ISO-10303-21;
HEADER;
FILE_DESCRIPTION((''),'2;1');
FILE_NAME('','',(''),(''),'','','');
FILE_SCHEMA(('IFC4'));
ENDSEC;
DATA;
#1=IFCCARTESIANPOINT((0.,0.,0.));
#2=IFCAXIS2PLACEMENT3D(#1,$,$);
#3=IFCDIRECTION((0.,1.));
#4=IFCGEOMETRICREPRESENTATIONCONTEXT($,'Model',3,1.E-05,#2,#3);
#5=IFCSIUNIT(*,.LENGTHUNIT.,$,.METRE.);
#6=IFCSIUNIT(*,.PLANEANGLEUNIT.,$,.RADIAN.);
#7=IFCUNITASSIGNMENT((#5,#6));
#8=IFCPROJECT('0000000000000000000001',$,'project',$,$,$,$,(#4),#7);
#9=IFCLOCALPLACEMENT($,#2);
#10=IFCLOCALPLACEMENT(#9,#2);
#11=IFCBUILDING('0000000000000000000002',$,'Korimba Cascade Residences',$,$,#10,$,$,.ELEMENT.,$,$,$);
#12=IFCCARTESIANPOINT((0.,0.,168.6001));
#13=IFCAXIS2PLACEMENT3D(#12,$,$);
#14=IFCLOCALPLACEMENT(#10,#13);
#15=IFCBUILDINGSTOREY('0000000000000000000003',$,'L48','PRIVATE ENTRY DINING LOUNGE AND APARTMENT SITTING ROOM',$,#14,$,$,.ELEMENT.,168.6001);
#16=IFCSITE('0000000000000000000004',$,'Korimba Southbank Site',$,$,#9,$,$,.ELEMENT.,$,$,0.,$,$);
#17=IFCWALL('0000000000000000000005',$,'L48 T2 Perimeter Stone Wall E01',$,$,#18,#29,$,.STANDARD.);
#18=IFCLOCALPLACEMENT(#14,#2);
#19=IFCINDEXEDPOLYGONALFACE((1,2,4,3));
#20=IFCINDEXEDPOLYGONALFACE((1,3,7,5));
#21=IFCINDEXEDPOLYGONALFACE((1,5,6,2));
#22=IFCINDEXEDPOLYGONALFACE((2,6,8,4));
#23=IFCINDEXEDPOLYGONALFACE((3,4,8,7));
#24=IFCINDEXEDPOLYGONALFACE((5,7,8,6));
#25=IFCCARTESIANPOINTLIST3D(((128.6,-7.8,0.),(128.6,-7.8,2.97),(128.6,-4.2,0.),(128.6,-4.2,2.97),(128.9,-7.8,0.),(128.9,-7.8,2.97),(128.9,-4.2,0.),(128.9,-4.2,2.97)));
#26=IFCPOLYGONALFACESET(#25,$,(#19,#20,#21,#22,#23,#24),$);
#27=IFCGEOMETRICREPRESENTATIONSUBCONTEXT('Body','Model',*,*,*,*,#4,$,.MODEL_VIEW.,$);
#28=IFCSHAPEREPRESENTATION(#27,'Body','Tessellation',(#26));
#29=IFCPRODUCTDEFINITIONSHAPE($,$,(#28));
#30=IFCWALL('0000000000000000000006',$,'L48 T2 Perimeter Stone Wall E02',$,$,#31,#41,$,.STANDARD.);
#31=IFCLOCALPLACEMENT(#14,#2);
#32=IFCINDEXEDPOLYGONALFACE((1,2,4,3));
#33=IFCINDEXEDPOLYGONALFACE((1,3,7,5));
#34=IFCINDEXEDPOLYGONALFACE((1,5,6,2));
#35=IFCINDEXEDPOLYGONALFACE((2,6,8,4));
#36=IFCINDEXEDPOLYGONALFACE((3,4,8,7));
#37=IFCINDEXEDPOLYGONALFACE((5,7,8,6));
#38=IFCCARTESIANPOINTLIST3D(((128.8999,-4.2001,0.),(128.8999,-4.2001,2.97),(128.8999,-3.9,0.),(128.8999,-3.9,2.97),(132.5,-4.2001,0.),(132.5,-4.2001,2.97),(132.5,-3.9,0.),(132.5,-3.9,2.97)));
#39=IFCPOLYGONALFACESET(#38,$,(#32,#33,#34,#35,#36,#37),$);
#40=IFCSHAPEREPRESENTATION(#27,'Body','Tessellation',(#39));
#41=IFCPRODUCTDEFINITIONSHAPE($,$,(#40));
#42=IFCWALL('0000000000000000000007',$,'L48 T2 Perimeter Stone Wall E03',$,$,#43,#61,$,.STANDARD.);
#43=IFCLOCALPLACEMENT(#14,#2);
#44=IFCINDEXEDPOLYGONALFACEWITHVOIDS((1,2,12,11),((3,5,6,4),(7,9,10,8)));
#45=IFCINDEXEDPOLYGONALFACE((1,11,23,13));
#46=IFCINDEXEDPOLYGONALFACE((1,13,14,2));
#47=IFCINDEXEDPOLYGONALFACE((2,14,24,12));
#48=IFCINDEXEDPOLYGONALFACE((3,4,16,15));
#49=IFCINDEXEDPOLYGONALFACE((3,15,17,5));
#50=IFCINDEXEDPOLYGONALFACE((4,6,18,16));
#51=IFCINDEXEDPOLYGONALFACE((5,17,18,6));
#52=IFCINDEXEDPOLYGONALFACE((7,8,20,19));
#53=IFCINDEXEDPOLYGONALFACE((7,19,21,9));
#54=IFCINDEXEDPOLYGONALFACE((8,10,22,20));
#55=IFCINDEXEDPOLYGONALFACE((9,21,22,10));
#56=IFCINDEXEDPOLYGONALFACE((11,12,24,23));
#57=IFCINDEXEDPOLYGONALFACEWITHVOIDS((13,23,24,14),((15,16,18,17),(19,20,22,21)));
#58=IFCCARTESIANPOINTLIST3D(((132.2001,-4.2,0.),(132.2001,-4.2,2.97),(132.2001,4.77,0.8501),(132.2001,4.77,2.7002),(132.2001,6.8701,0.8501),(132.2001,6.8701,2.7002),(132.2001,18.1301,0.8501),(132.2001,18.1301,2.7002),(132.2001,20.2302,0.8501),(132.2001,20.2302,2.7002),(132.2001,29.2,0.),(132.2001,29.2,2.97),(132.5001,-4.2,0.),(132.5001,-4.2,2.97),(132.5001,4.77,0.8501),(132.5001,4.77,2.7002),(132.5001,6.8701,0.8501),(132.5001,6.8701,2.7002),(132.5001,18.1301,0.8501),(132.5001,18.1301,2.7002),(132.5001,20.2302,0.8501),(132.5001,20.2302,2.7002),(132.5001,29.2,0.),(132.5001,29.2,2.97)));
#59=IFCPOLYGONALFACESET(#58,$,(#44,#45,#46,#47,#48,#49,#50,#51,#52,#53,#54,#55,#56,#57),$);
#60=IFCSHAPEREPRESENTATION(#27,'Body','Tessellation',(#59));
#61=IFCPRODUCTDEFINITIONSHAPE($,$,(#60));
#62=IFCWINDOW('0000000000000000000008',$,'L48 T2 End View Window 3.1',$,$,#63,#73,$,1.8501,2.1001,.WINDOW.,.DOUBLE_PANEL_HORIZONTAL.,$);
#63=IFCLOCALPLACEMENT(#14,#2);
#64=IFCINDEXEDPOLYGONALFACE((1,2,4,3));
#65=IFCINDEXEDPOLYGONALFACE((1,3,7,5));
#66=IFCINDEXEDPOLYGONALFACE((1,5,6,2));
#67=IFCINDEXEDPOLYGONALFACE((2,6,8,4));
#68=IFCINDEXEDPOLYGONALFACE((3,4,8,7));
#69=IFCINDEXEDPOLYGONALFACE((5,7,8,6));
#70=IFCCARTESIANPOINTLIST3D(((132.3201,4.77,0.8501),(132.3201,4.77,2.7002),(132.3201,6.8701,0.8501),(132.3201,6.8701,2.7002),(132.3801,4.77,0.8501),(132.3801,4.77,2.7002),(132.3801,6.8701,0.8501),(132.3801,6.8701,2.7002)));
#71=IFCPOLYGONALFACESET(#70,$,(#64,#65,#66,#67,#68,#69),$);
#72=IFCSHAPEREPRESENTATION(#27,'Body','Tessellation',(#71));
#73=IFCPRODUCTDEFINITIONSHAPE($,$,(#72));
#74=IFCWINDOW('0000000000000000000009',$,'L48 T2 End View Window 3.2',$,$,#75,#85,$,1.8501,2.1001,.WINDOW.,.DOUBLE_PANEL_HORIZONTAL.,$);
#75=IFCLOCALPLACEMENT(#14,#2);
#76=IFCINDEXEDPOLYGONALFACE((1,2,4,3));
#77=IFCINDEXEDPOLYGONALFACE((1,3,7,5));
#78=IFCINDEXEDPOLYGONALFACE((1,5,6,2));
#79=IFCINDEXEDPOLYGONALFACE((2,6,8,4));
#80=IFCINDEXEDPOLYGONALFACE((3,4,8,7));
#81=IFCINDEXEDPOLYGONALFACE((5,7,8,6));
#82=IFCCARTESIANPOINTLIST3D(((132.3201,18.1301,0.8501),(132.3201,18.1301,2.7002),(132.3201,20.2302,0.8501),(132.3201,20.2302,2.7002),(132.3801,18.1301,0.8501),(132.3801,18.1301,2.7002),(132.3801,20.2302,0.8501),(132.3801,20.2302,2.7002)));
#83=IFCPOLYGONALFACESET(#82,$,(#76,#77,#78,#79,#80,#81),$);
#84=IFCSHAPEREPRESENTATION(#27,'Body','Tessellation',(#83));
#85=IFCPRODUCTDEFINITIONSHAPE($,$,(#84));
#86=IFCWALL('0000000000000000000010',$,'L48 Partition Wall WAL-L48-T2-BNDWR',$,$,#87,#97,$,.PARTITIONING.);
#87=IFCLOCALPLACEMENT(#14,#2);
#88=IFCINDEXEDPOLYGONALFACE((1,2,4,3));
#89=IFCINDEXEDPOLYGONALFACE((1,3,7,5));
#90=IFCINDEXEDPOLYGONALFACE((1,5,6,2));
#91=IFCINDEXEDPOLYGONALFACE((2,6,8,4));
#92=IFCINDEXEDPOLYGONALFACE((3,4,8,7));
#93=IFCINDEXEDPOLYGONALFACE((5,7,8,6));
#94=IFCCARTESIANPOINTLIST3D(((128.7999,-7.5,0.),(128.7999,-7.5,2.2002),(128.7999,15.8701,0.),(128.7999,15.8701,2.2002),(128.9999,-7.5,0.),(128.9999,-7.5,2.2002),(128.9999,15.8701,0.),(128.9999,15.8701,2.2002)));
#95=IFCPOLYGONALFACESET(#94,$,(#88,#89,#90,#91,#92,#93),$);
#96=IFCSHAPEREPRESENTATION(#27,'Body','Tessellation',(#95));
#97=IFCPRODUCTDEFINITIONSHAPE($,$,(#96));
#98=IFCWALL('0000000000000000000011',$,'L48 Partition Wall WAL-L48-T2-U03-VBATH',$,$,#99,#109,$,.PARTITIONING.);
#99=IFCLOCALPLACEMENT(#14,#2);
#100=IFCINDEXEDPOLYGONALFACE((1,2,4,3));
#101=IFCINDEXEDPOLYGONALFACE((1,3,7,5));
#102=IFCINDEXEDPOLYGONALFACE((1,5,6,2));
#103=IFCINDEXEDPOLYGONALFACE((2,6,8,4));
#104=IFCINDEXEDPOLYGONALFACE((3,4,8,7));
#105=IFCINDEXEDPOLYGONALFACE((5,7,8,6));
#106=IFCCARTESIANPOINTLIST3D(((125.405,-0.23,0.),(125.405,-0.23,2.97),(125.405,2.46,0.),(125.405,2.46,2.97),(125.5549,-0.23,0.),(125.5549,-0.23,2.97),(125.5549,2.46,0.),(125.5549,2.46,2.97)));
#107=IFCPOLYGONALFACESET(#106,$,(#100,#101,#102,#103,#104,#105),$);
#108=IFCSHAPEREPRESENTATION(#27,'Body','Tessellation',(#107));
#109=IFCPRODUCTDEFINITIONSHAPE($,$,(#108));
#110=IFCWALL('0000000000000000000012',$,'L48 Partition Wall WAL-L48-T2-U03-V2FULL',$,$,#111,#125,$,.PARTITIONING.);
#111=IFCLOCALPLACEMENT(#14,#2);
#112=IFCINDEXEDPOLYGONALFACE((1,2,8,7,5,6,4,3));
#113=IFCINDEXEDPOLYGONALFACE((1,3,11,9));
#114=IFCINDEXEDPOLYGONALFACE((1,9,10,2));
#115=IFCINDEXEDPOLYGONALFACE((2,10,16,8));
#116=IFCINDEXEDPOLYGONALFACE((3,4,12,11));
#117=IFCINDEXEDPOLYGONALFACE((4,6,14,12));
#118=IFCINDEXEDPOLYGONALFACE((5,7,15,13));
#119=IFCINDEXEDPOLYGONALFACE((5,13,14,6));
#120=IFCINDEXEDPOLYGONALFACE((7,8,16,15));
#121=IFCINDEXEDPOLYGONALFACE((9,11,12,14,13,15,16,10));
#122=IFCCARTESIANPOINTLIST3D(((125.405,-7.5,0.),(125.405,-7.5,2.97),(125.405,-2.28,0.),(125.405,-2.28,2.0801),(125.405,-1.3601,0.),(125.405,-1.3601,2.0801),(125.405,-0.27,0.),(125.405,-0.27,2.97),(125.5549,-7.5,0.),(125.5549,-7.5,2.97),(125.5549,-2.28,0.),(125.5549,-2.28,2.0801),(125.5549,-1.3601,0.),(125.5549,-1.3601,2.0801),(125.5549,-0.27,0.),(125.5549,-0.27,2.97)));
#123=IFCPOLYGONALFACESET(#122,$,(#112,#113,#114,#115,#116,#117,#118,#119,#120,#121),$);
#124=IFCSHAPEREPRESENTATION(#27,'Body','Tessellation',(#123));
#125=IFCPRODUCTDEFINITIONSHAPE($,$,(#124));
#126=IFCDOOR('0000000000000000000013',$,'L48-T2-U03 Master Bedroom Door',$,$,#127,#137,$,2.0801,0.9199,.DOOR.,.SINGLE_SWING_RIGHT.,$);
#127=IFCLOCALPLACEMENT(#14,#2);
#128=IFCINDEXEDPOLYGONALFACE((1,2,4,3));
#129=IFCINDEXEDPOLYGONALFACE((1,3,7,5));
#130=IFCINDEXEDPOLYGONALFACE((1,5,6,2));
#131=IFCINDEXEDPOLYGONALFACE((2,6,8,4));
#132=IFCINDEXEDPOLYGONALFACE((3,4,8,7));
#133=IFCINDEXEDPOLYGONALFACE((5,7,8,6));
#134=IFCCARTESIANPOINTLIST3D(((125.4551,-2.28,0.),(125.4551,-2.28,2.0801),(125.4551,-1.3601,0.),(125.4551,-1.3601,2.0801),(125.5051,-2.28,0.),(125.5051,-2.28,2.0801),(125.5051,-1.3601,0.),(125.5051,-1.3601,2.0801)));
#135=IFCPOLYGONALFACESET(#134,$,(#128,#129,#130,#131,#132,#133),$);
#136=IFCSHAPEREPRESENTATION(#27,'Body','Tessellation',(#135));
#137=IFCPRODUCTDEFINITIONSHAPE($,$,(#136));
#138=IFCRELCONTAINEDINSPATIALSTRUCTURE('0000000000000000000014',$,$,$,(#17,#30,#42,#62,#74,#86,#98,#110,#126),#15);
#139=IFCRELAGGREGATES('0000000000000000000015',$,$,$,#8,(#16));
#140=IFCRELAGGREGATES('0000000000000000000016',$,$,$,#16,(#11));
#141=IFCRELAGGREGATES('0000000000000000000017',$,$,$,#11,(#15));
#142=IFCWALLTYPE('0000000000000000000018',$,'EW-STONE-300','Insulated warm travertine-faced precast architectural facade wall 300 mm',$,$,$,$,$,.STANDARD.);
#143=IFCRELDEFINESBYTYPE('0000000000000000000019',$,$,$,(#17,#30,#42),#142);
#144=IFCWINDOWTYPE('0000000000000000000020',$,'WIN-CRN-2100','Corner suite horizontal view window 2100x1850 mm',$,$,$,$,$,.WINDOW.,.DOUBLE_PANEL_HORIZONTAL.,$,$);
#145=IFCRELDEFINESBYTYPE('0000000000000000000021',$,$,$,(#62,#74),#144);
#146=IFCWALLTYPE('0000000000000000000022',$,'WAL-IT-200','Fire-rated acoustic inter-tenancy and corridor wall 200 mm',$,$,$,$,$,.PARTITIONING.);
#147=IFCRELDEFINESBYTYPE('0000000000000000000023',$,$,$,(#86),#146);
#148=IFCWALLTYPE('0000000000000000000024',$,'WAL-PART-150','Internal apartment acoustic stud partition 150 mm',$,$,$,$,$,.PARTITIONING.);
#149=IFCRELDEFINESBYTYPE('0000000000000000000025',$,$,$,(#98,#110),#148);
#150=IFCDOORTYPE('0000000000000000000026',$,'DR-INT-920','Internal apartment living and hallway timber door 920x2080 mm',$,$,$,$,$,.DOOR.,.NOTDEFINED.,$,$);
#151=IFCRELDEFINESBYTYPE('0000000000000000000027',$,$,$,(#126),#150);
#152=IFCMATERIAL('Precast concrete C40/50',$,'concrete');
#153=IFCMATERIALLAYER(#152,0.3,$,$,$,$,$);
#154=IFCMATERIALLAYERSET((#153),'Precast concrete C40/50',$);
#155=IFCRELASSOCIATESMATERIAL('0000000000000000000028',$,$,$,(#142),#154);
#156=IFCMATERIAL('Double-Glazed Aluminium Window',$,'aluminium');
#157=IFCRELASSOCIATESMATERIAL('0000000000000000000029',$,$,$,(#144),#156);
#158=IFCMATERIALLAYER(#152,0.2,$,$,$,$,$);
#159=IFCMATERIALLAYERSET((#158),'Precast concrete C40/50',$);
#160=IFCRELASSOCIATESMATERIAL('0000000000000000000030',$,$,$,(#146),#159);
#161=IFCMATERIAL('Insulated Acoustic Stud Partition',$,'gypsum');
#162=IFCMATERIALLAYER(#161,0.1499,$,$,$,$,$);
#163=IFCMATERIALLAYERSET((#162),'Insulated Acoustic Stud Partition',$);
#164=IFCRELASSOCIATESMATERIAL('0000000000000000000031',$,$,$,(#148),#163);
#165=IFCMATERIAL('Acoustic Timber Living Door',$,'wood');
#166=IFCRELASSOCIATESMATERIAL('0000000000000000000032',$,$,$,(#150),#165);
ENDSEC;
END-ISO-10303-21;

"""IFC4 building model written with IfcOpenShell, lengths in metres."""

from ifc_helpers import new_model, si_unit, direction, frame, frame_2d, origin, place, context, subcontext, project, spatial, rectangle, extrude, material, layer, layer_set, type_object, element, fill, save


model = new_model("IFC4")

# Units and contexts
model_context = context("Model", 3, precision=1e-05, world=origin(), true_north=direction((0.0, 1.0)))
body_context = subcontext(model_context, "Body", "Model", "MODEL_VIEW")
ifc_project = project(units=[si_unit("LENGTHUNIT", "METRE"), si_unit("PLANEANGLEUNIT", "RADIAN")], contexts=[model_context])

# Site, building, storey
site_placement = place(None, origin())
site = spatial("IfcSite", under=ifc_project, at=site_placement, Name="Korimba Southbank Site", CompositionType="ELEMENT", RefElevation=0.0)
building_placement = place(site_placement, origin())
building = spatial("IfcBuilding", under=site, at=building_placement, Name="Korimba Cascade Residences", CompositionType="ELEMENT")
storey_placement = place(building_placement, frame((0.0, 0.0, 168.6001)))
storey = spatial("IfcBuildingStorey", under=building, at=storey_placement, Name="L48", Description="PRIVATE ENTRY DINING LOUNGE AND APARTMENT SITTING ROOM", CompositionType="ELEMENT", Elevation=168.6001)

# Walls
ifc_material_1 = material(Name="Precast concrete C40/50", Category="concrete")
ifc_layer_1 = layer(ifc_material_1, 0.3)
ifc_layer_set_1 = layer_set([ifc_layer_1], Name="Precast concrete C40/50")
wall_type_1 = type_object("IfcWallType", Name="EW-STONE-300", Description="Insulated warm travertine-faced precast architectural facade wall 300 mm", PredefinedType="STANDARD", material=ifc_layer_set_1)
for number, where, z_axis, x_axis, name in (
    (1, (128.75, -7.8, 0.0), (0.0, 0.0, 1.0), (0.0, 1.0, 0.0), "L48 T2 Perimeter Stone Wall E01"),
    (2, (128.8999, -4.05, 0.0), (0.0, 0.0, 1.0), (1.0, 0.0, 0.0), "L48 T2 Perimeter Stone Wall E02"),
):
    element("IfcWall", number, at=place(storey_placement, frame(where, z_axis=z_axis, x_axis=x_axis)), inside=storey, type_object=wall_type_1, Name=name, PredefinedType="STANDARD", context=body_context, shape_type="SweptSolid", body=[
        extrude(rectangle(XDim=3.6001, YDim=0.3, at=frame_2d((1.8, 0.0))), origin(), (0.0, 0.0, 1.0), 2.97),
    ])

# Wall, openings, windows
wall_1_placement = place(storey_placement, frame((132.3501, -4.2, 0.0), z_axis=(0.0, 0.0, 1.0), x_axis=(0.0, 1.0, 0.0)))
wall_1 = element("IfcWall", 3, at=wall_1_placement, inside=storey, type_object=wall_type_1, Name="L48 T2 Perimeter Stone Wall E03", PredefinedType="STANDARD", context=body_context, shape_type="SweptSolid", body=[
    extrude(rectangle(XDim=33.3999, YDim=0.3, at=frame_2d((16.7, 0.0))), origin(), (0.0, 0.0, 1.0), 2.97),
])
opening_1_placement = place(wall_1_placement, frame((8.97, 0.0, 0.8501)))
opening_1 = element("IfcOpeningElement", 4, at=opening_1_placement, cuts=wall_1, PredefinedType="OPENING", context=body_context, shape_type="SweptSolid", body=[
    extrude(rectangle(XDim=2.1001, YDim=1.8501, at=frame_2d((1.05, 0.925))), frame((0.0, 0.1602, 0.0), z_axis=(0.0, -1.0, 0.0), x_axis=(1.0, 0.0, 0.0)), (0.0, 0.0, 1.0), 0.3201),
])
opening_2_placement = place(wall_1_placement, frame((22.3301, 0.0, 0.8501)))
opening_2 = element("IfcOpeningElement", 5, at=opening_2_placement, cuts=wall_1, PredefinedType="OPENING", context=body_context, shape_type="SweptSolid", body=[
    extrude(rectangle(XDim=2.1001, YDim=1.8501, at=frame_2d((1.05, 0.925))), frame((0.0, 0.1602, 0.0), z_axis=(0.0, -1.0, 0.0), x_axis=(1.0, 0.0, 0.0)), (0.0, 0.0, 1.0), 0.3201),
])
ifc_material_2 = material(Name="Double-Glazed Aluminium Window", Category="aluminium")
window_type = type_object("IfcWindowType", Name="WIN-CRN-2100", Description="Corner suite horizontal view window 2100x1850 mm", PartitioningType="DOUBLE_PANEL_HORIZONTAL", PredefinedType="WINDOW", material=ifc_material_2)
window_1_placement = place(opening_1_placement, origin())
window_1 = element("IfcWindow", 6, at=window_1_placement, inside=storey, type_object=window_type, Name="L48 T2 End View Window 3.1", OverallHeight=1.8501, OverallWidth=2.1001, PartitioningType="DOUBLE_PANEL_HORIZONTAL", PredefinedType="WINDOW", context=body_context, shape_type="SweptSolid", body=[
    extrude(rectangle(XDim=2.1001, YDim=1.8501, at=frame_2d((1.05, 0.925))), frame((0.0, 0.03, 0.0), z_axis=(0.0, -1.0, 0.0), x_axis=(1.0, 0.0, 0.0)), (0.0, 0.0, 1.0), 0.0601),
])
fill(opening_1, window_1)
window_2_placement = place(opening_2_placement, origin())
window_2 = element("IfcWindow", 7, at=window_2_placement, inside=storey, type_object=window_type, Name="L48 T2 End View Window 3.2", OverallHeight=1.8501, OverallWidth=2.1001, PartitioningType="DOUBLE_PANEL_HORIZONTAL", PredefinedType="WINDOW", context=body_context, shape_type="SweptSolid", body=[
    extrude(rectangle(XDim=2.1001, YDim=1.8501, at=frame_2d((1.05, 0.925))), frame((0.0, 0.03, 0.0), z_axis=(0.0, -1.0, 0.0), x_axis=(1.0, 0.0, 0.0)), (0.0, 0.0, 1.0), 0.0601),
])
fill(opening_2, window_2)

# Walls
ifc_layer_2 = layer(ifc_material_1, 0.2)
ifc_layer_set_2 = layer_set([ifc_layer_2], Name="Precast concrete C40/50")
wall_type_2 = type_object("IfcWallType", Name="WAL-IT-200", Description="Fire-rated acoustic inter-tenancy and corridor wall 200 mm", PredefinedType="PARTITIONING", material=ifc_layer_set_2)
wall_2_placement = place(storey_placement, frame((128.8999, -7.5, 0.0), z_axis=(0.0, 0.0, 1.0), x_axis=(0.0, 1.0, 0.0)))
element("IfcWall", 8, at=wall_2_placement, inside=storey, type_object=wall_type_2, Name="L48 Partition Wall WAL-L48-T2-BNDWR", PredefinedType="PARTITIONING", context=body_context, shape_type="SweptSolid", body=[
    extrude(rectangle(XDim=23.3701, YDim=0.2, at=frame_2d((11.6851, 0.0))), origin(), (0.0, 0.0, 1.0), 2.2002),
])
ifc_material_3 = material(Name="Insulated Acoustic Stud Partition", Category="gypsum")
ifc_layer_3 = layer(ifc_material_3, 0.1499)
ifc_layer_set_3 = layer_set([ifc_layer_3], Name="Insulated Acoustic Stud Partition")
wall_type_3 = type_object("IfcWallType", Name="WAL-PART-150", Description="Internal apartment acoustic stud partition 150 mm", PredefinedType="PARTITIONING", material=ifc_layer_set_3)
wall_3_placement = place(storey_placement, frame((125.48, -0.23, 0.0), z_axis=(0.0, 0.0, 1.0), x_axis=(0.0, 1.0, 0.0)))
element("IfcWall", 9, at=wall_3_placement, inside=storey, type_object=wall_type_3, Name="L48 Partition Wall WAL-L48-T2-U03-VBATH", PredefinedType="PARTITIONING", context=body_context, shape_type="SweptSolid", body=[
    extrude(rectangle(XDim=2.6899, YDim=0.1499, at=frame_2d((1.345, 0.0))), origin(), (0.0, 0.0, 1.0), 2.97),
])

# Wall, opening, door
wall_4_placement = place(storey_placement, frame((125.48, -7.5, 0.0), z_axis=(0.0, 0.0, 1.0), x_axis=(0.0, 1.0, 0.0)))
wall_4 = element("IfcWall", 10, at=wall_4_placement, inside=storey, type_object=wall_type_3, Name="L48 Partition Wall WAL-L48-T2-U03-V2FULL", PredefinedType="PARTITIONING", context=body_context, shape_type="SweptSolid", body=[
    extrude(rectangle(XDim=7.23, YDim=0.1499, at=frame_2d((3.615, 0.0))), origin(), (0.0, 0.0, 1.0), 2.97),
])
opening_3_placement = place(wall_4_placement, frame((5.22, 0.0, 0.0)))
opening_3 = element("IfcOpeningElement", 11, at=opening_3_placement, cuts=wall_4, PredefinedType="OPENING", context=body_context, shape_type="SweptSolid", body=[
    extrude(rectangle(XDim=0.9199, YDim=2.0801, at=frame_2d((0.46, 1.04))), frame((0.0, 0.085, 0.0), z_axis=(0.0, -1.0, 0.0), x_axis=(1.0, 0.0, 0.0)), (0.0, 0.0, 1.0), 0.1699),
])
ifc_material_4 = material(Name="Acoustic Timber Living Door", Category="wood")
door_type = type_object("IfcDoorType", Name="DR-INT-920", Description="Internal apartment living and hallway timber door 920x2080 mm", OperationType="NOTDEFINED", PredefinedType="DOOR", material=ifc_material_4)
door_placement = place(opening_3_placement, origin())
door = element("IfcDoor", 12, at=door_placement, inside=storey, type_object=door_type, Name="L48-T2-U03 Master Bedroom Door", OperationType="SINGLE_SWING_RIGHT", OverallHeight=2.0801, OverallWidth=0.9199, PredefinedType="DOOR", context=body_context, shape_type="SweptSolid", body=[
    extrude(rectangle(XDim=0.9199, YDim=2.0801, at=frame_2d((0.46, 1.04))), frame((0.0, 0.0249, 0.0), z_axis=(0.0, -1.0, 0.0), x_axis=(1.0, 0.0, 0.0)), (0.0, 0.0, 1.0), 0.05),
])
fill(opening_3, door)

save(model, "model.ifc")
